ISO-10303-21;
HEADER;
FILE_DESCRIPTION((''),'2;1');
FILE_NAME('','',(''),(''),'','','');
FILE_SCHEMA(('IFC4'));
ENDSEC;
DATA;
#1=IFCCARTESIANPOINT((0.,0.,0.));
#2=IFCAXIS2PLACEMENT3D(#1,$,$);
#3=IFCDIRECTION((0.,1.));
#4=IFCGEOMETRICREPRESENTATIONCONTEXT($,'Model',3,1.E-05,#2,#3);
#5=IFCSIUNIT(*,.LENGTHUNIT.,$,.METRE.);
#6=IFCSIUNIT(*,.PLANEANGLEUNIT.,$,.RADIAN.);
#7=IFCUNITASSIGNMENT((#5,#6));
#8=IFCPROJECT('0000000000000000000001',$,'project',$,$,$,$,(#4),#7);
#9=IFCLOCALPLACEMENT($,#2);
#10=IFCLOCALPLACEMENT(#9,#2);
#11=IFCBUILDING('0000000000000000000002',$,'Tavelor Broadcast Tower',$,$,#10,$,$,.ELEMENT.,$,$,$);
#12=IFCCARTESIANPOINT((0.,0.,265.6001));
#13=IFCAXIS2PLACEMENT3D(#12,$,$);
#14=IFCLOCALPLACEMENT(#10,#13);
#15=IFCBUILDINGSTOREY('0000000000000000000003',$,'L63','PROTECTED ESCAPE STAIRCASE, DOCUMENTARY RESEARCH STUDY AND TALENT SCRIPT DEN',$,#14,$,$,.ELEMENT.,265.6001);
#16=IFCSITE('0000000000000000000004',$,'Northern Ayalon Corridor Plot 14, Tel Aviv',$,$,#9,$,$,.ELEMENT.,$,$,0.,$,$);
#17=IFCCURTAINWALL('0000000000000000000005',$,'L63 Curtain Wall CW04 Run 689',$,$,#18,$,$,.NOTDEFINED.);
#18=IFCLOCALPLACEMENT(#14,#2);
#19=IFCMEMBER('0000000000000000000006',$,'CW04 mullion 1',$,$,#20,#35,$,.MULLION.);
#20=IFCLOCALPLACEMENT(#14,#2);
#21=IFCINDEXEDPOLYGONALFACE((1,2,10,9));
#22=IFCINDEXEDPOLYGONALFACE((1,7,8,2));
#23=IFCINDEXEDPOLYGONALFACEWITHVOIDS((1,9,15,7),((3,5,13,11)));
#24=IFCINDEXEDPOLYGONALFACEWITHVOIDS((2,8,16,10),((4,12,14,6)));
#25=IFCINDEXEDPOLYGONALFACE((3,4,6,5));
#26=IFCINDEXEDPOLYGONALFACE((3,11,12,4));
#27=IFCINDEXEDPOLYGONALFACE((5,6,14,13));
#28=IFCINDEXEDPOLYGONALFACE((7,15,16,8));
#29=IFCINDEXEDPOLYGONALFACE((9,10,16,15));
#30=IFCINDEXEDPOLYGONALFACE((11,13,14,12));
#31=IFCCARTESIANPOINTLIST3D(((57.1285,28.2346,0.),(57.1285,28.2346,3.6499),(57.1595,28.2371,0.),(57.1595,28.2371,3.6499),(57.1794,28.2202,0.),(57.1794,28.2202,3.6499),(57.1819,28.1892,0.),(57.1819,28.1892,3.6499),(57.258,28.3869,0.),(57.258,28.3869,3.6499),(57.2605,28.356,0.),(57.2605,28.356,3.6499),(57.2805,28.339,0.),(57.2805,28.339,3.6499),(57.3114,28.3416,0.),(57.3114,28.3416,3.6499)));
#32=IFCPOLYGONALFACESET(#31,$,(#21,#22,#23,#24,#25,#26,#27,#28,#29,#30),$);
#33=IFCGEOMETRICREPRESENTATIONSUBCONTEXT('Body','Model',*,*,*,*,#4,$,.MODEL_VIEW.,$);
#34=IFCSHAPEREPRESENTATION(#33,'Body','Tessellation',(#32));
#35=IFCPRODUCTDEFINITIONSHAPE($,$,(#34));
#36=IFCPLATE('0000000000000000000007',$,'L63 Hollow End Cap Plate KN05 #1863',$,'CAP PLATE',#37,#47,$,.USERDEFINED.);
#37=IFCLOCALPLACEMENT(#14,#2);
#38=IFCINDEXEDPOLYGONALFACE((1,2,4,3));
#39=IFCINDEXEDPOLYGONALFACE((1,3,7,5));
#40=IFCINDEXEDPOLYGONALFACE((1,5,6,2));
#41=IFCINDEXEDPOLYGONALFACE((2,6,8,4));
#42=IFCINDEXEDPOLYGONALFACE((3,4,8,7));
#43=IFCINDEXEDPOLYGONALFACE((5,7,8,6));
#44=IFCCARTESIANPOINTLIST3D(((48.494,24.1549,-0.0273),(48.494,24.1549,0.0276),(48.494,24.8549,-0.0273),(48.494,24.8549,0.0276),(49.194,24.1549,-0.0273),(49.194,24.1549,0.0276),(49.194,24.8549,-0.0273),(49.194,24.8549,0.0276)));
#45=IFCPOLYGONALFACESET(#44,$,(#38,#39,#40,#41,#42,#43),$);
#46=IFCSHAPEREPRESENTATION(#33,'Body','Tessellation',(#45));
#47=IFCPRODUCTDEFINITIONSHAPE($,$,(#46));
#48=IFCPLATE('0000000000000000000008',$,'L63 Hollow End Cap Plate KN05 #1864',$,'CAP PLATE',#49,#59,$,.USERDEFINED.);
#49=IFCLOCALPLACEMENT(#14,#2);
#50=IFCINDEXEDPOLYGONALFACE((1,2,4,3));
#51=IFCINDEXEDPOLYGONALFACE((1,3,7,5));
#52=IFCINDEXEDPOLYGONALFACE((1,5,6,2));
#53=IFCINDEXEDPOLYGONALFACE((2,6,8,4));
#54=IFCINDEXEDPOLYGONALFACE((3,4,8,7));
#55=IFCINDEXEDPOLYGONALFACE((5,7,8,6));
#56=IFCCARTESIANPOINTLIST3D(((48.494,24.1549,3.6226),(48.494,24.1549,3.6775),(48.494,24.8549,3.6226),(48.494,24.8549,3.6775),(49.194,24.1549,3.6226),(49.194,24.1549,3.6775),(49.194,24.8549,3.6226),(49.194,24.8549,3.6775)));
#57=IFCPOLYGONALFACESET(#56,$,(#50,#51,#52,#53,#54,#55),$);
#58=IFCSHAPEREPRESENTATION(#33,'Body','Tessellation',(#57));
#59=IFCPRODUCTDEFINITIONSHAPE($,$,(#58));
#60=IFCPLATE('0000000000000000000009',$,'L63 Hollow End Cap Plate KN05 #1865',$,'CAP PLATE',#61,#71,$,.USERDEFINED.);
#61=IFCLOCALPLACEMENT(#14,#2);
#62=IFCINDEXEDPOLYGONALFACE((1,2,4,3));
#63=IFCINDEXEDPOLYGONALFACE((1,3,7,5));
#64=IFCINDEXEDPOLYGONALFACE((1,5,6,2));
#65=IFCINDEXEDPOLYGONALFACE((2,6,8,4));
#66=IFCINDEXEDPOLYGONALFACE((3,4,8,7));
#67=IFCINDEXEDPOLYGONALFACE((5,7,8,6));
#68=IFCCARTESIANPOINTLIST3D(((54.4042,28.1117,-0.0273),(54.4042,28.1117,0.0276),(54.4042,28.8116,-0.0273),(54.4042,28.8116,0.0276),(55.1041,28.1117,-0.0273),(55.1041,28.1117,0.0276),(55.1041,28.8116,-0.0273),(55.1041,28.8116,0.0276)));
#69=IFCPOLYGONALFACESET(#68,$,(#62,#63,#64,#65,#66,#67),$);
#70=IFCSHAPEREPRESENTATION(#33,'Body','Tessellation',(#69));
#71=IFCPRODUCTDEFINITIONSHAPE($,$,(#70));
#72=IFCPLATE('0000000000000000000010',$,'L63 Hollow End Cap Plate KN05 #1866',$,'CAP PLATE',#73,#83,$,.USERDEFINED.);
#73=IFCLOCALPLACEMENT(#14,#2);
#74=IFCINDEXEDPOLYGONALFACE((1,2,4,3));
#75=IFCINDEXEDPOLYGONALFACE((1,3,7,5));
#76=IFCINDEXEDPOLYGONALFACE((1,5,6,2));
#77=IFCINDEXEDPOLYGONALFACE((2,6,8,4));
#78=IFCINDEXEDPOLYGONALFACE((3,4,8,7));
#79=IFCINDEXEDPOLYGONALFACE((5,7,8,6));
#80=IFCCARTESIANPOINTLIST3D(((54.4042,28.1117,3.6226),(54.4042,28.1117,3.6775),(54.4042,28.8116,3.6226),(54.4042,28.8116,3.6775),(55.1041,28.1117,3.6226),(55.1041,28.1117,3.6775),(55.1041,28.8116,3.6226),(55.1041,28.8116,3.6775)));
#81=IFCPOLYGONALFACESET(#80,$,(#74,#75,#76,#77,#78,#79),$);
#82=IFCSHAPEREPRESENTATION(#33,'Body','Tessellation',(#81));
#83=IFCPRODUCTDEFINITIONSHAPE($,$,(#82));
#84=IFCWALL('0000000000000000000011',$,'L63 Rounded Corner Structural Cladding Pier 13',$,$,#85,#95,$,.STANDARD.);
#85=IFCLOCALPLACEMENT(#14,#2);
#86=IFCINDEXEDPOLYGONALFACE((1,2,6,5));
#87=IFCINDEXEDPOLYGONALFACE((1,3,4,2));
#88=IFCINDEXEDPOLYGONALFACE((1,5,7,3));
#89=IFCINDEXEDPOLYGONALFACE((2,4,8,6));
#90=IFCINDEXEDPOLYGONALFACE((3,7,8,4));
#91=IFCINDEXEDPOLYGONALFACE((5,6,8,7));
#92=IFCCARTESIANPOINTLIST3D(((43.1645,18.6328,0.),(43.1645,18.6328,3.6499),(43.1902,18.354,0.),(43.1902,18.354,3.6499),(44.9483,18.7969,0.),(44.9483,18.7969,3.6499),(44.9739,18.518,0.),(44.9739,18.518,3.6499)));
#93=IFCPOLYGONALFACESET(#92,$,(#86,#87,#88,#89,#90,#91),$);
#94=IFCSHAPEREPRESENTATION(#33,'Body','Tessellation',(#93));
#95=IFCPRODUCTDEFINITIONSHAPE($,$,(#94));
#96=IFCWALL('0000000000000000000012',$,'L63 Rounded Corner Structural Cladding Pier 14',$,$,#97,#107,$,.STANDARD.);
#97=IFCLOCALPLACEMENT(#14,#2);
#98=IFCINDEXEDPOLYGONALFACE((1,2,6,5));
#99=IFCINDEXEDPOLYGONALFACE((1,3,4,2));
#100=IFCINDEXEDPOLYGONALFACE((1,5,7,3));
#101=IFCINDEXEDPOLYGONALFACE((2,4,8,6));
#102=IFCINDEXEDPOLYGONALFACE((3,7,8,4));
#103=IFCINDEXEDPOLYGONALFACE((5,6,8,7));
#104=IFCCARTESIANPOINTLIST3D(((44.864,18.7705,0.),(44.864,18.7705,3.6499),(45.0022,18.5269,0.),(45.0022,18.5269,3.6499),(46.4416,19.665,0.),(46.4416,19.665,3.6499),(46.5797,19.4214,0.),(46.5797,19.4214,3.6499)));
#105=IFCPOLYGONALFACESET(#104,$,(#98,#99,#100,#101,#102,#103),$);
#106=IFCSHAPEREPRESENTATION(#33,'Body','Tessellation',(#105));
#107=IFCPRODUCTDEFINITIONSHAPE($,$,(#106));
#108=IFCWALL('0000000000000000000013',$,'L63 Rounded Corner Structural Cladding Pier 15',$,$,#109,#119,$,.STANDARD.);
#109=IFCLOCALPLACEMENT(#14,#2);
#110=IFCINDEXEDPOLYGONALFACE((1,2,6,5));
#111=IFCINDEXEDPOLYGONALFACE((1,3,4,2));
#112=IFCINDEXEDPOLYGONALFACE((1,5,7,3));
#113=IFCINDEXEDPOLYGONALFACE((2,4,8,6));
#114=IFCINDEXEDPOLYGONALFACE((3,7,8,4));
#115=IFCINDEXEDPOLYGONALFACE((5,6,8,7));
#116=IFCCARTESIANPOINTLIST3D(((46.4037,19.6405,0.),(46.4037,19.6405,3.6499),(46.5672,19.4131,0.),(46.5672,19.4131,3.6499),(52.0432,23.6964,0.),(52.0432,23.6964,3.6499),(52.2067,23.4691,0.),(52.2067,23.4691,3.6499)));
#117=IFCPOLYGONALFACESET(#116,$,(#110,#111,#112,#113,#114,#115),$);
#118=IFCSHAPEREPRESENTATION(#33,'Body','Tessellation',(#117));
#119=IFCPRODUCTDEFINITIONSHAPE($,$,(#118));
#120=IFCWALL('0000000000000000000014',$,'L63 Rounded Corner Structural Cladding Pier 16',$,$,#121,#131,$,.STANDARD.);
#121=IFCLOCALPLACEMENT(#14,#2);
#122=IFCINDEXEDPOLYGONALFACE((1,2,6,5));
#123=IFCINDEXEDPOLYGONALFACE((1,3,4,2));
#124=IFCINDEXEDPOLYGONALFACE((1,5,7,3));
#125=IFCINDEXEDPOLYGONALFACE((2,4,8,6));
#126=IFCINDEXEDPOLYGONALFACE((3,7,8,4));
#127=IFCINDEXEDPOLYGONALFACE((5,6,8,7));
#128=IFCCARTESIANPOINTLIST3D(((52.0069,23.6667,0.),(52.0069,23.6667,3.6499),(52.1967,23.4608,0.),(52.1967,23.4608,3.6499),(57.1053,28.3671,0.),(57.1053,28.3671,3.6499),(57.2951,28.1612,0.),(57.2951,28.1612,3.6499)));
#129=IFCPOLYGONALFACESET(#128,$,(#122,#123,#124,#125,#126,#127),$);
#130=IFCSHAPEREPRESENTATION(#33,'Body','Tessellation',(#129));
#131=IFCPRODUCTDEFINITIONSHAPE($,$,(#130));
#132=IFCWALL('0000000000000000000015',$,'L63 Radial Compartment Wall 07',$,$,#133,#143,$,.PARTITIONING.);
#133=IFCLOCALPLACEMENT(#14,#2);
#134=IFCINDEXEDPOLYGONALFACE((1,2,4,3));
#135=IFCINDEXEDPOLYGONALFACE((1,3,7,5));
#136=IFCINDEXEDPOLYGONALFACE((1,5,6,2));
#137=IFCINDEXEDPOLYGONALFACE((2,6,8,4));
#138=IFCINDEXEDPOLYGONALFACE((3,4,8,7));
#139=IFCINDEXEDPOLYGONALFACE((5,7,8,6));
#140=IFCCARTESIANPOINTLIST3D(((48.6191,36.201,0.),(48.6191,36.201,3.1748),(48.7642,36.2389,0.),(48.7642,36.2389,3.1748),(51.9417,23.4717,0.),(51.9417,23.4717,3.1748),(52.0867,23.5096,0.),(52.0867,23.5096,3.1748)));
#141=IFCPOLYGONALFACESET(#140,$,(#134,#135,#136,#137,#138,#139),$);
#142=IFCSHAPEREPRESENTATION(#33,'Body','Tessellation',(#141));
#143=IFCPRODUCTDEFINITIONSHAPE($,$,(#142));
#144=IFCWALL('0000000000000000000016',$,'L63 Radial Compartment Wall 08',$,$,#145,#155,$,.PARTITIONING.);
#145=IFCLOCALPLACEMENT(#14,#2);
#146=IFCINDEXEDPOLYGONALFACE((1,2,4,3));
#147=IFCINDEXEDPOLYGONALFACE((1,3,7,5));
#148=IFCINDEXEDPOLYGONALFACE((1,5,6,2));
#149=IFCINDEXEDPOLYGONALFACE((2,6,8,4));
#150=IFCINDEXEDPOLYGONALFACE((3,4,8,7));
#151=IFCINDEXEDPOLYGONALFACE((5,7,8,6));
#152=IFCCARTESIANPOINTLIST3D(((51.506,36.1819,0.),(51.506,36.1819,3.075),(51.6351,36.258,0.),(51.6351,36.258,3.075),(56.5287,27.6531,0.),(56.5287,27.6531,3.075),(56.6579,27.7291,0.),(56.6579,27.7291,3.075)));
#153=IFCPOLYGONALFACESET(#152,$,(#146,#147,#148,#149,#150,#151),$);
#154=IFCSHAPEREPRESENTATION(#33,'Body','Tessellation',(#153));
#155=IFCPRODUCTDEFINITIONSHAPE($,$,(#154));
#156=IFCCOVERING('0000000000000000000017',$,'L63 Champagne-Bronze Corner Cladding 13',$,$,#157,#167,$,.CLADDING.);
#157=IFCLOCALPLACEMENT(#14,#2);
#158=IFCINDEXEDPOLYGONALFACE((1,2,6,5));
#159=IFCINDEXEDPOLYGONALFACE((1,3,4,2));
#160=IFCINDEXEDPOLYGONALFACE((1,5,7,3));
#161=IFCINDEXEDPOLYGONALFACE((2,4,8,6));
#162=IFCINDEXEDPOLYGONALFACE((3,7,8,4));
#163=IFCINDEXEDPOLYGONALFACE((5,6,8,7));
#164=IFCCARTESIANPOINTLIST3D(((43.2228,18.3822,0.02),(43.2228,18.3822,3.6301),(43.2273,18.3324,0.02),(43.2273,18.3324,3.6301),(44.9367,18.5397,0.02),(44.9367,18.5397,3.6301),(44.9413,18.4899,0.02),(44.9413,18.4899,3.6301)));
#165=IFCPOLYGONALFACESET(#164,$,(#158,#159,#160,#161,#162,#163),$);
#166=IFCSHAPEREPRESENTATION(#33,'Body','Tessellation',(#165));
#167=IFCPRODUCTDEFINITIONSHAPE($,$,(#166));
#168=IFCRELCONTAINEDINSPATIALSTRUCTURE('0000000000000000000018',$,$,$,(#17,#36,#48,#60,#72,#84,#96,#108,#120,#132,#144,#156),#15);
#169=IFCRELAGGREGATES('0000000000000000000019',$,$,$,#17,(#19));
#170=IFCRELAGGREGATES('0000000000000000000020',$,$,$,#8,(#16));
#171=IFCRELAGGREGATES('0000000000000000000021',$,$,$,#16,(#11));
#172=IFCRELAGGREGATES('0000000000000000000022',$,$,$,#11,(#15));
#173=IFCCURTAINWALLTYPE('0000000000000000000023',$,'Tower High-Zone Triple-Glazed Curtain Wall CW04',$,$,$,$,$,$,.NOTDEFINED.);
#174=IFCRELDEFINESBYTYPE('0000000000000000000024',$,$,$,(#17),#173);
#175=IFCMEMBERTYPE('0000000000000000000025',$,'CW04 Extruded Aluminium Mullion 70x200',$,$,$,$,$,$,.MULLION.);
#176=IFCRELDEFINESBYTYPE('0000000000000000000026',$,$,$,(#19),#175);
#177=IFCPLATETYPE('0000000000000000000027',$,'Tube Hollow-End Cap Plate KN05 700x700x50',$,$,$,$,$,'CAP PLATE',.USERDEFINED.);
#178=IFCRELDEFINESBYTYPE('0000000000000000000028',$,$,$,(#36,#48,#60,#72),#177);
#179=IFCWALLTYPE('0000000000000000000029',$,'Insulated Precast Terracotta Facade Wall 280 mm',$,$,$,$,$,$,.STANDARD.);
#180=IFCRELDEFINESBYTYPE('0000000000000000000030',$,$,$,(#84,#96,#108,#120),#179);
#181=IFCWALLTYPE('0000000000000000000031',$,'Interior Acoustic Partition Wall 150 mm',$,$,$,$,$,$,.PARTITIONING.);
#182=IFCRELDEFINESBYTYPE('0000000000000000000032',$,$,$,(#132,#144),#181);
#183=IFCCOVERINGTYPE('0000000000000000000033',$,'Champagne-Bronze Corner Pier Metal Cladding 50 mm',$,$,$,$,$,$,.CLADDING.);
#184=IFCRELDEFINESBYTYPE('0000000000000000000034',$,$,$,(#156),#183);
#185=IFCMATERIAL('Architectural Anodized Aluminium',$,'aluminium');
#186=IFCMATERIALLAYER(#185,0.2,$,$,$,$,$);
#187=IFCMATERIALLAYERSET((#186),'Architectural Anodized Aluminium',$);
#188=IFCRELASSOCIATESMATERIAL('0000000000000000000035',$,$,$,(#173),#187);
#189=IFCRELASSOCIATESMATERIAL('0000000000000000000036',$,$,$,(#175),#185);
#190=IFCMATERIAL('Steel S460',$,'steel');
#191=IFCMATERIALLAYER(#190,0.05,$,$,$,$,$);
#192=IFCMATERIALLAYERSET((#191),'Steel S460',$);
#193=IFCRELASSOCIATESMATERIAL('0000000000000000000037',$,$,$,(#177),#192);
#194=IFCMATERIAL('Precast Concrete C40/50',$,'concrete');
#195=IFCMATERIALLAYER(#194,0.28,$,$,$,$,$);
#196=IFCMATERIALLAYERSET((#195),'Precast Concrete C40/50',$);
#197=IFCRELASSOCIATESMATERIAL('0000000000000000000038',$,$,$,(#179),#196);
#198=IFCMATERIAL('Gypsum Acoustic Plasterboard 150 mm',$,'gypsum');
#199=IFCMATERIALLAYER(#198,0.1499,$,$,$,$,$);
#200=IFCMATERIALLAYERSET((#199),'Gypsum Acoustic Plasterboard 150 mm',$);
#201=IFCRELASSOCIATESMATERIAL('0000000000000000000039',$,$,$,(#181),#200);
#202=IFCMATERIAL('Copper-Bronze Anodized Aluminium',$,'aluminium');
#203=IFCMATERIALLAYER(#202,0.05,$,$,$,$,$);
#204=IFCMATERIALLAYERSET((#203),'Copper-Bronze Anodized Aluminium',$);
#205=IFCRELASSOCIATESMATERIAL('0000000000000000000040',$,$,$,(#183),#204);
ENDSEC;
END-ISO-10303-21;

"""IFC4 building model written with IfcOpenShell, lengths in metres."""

from ifc_helpers import new_model, si_unit, direction, frame, frame_2d, origin, origin_2d, place, context, subcontext, project, spatial, rectangle, hollow_rectangle, extrude, source, transform, mapped, material, layer, layer_set, material_profile, profile_set, type_object, type_shapes, element, aggregate, save


model = new_model("IFC4")

# Units and contexts
model_context = context("Model", 3, precision=1e-05, world=origin(), true_north=direction((0.0, 1.0)))
body_context = subcontext(model_context, "Body", "Model", "MODEL_VIEW")
ifc_project = project(units=[si_unit("LENGTHUNIT", "METRE"), si_unit("PLANEANGLEUNIT", "RADIAN")], contexts=[model_context])

# Site, building, storey
site_placement = place(None, origin())
site = spatial("IfcSite", under=ifc_project, at=site_placement, Name="Northern Ayalon Corridor Plot 14, Tel Aviv", CompositionType="ELEMENT", RefElevation=0.0)
building_placement = place(site_placement, origin())
building = spatial("IfcBuilding", under=site, at=building_placement, Name="Tavelor Broadcast Tower", CompositionType="ELEMENT")
storey_placement = place(building_placement, frame((0.0, 0.0, 265.6001)))
storey = spatial("IfcBuildingStorey", under=building, at=storey_placement, Name="L63", Description="PROTECTED ESCAPE STAIRCASE, DOCUMENTARY RESEARCH STUDY AND TALENT SCRIPT DEN", CompositionType="ELEMENT", Elevation=265.6001)

# Shared definitions
ifc_material_1 = material(Name="Steel S460", Category="steel")

# Curtain wall, member
ifc_material_2 = material(Name="Architectural Anodized Aluminium", Category="aluminium")
ifc_layer_1 = layer(ifc_material_2, 0.2)
ifc_layer_set_1 = layer_set([ifc_layer_1], Name="Architectural Anodized Aluminium")
curtain_wall_type = type_object("IfcCurtainWallType", Name="Tower High-Zone Triple-Glazed Curtain Wall CW04", PredefinedType="NOTDEFINED", material=ifc_layer_set_1)
curtain_wall_placement = place(storey_placement, origin())
curtain_wall = element("IfcCurtainWall", 1, at=curtain_wall_placement, inside=storey, type_object=curtain_wall_type, Name="L63 Curtain Wall CW04 Run 689", PredefinedType="NOTDEFINED")
ifc_material_profile_1 = material_profile(ifc_material_2, hollow_rectangle(XDim=0.0701, YDim=0.2, WallThickness=0.022, at=origin_2d()), Name="RHS 70x200x22")
ifc_profile_set_1 = profile_set([ifc_material_profile_1], Name="Architectural Anodized Aluminium")
member_type = type_object("IfcMemberType", Name="CW04 Extruded Aluminium Mullion 70x200", PredefinedType="MULLION", material=ifc_profile_set_1)
shared_shape_1 = source(origin(), body_context, "Body", "SweptSolid", [
    extrude(hollow_rectangle(XDim=0.0701, YDim=0.2, WallThickness=0.022, at=origin_2d()), origin(), (0.0, 0.0, 1.0), 3.6499),
])
type_shapes(member_type, [shared_shape_1])
member_placement = place(storey_placement, frame((57.22, 28.2881, 0.0), z_axis=(0.0, 0.0, 1.0), x_axis=(-0.761822, 0.647786, 0.0)))
member = element("IfcMember", 2, at=member_placement, type_object=member_type, Name="CW04 mullion 1", PredefinedType="MULLION", context=body_context, shape_type="MappedRepresentation", body=[
    mapped(shared_shape_1, transform((0.0, 0.0, 0.0), scale=1.0)),
])
aggregate(curtain_wall, [member])

# Plates
ifc_layer_2 = layer(ifc_material_1, 0.05)
ifc_layer_set_2 = layer_set([ifc_layer_2], Name="Steel S460")
plate_type = type_object("IfcPlateType", Name="Tube Hollow-End Cap Plate KN05 700x700x50", ElementType="CAP PLATE", PredefinedType="USERDEFINED", material=ifc_layer_set_2)
shared_shape_2 = source(origin(), body_context, "Body", "SweptSolid", [
    extrude(rectangle(XDim=0.7, YDim=0.7, at=origin_2d()), origin(), (0.0, 0.0, 1.0), 0.0549),
])
type_shapes(plate_type, [shared_shape_2])
for number, where, z_axis, x_axis, name in (
    (3, (48.844, 24.5049, -0.0273), (0.0, 0.0, 1.0), (1.0, 0.0, 0.0), "L63 Hollow End Cap Plate KN05 #1863"),
    (4, (48.844, 24.5049, 3.6226), (0.0, 0.0, 1.0), (1.0, 0.0, 0.0), "L63 Hollow End Cap Plate KN05 #1864"),
    (5, (54.7542, 28.4617, -0.0273), (0.0, 0.0, 1.0), (1.0, 0.0, 0.0), "L63 Hollow End Cap Plate KN05 #1865"),
    (6, (54.7542, 28.4617, 3.6226), (0.0, 0.0, 1.0), (1.0, 0.0, 0.0), "L63 Hollow End Cap Plate KN05 #1866"),
):
    element("IfcPlate", number, at=place(storey_placement, frame(where, z_axis=z_axis, x_axis=x_axis)), inside=storey, type_object=plate_type, Name=name, ObjectType="CAP PLATE", PredefinedType="USERDEFINED", context=body_context, shape_type="MappedRepresentation", body=[
        mapped(shared_shape_2, transform((0.0, 0.0, 0.0), scale=1.0)),
    ])

# Walls
ifc_material_3 = material(Name="Precast Concrete C40/50", Category="concrete")
ifc_layer_3 = layer(ifc_material_3, 0.28)
ifc_layer_set_3 = layer_set([ifc_layer_3], Name="Precast Concrete C40/50")
wall_type_1 = type_object("IfcWallType", Name="Insulated Precast Terracotta Facade Wall 280 mm", PredefinedType="STANDARD", material=ifc_layer_set_3)
wall_1_placement = place(storey_placement, frame((43.1775, 18.4934, 0.0), z_axis=(0.0, 0.0, 1.0), x_axis=(0.995797, 0.091593, 0.0)))
element("IfcWall", 7, at=wall_1_placement, inside=storey, type_object=wall_type_1, Name="L63 Rounded Corner Structural Cladding Pier 13", PredefinedType="STANDARD", context=body_context, shape_type="SweptSolid", body=[
    extrude(rectangle(XDim=1.7913, YDim=0.28, at=frame_2d((0.8955, 0.0))), origin(), (0.0, 0.0, 1.0), 3.6499),
])
wall_2_placement = place(storey_placement, frame((44.9331, 18.6487, 0.0), z_axis=(0.0, 0.0, 1.0), x_axis=(0.869895, 0.493237, 0.0)))
element("IfcWall", 8, at=wall_2_placement, inside=storey, type_object=wall_type_1, Name="L63 Rounded Corner Structural Cladding Pier 14", PredefinedType="STANDARD", context=body_context, shape_type="SweptSolid", body=[
    extrude(rectangle(XDim=1.8135, YDim=0.28, at=frame_2d((0.9067, 0.0))), origin(), (0.0, 0.0, 1.0), 3.6499),
])
wall_3_placement = place(storey_placement, frame((46.4856, 19.5269, 0.0), z_axis=(0.0, 0.0, 1.0), x_axis=(0.811839, 0.583882, 0.0)))
element("IfcWall", 9, at=wall_3_placement, inside=storey, type_object=wall_type_1, Name="L63 Rounded Corner Structural Cladding Pier 15", PredefinedType="STANDARD", context=body_context, shape_type="SweptSolid", body=[
    extrude(rectangle(XDim=6.9465, YDim=0.28, at=frame_2d((3.4731, 0.0))), origin(), (0.0, 0.0, 1.0), 3.6499),
])
wall_4_placement = place(storey_placement, frame((52.1018, 23.5637, 0.0), z_axis=(0.0, 0.0, 1.0), x_axis=(0.735218, 0.677831, 0.0)))
element("IfcWall", 10, at=wall_4_placement, inside=storey, type_object=wall_type_1, Name="L63 Rounded Corner Structural Cladding Pier 16", PredefinedType="STANDARD", context=body_context, shape_type="SweptSolid", body=[
    extrude(rectangle(XDim=6.9346, YDim=0.28, at=frame_2d((3.4673, 0.0))), origin(), (0.0, 0.0, 1.0), 3.6499),
])
ifc_material_4 = material(Name="Gypsum Acoustic Plasterboard 150 mm", Category="gypsum")
ifc_layer_4 = layer(ifc_material_4, 0.1499)
ifc_layer_set_4 = layer_set([ifc_layer_4], Name="Gypsum Acoustic Plasterboard 150 mm")
wall_type_2 = type_object("IfcWallType", Name="Interior Acoustic Partition Wall 150 mm", PredefinedType="PARTITIONING", material=ifc_layer_set_4)
wall_5_placement = place(storey_placement, frame((48.6917, 36.22, 0.0), z_axis=(0.0, 0.0, 1.0), x_axis=(0.252553, -0.967583, 0.0)))
element("IfcWall", 11, at=wall_5_placement, inside=storey, type_object=wall_type_2, Name="L63 Radial Compartment Wall 07", PredefinedType="PARTITIONING", context=body_context, shape_type="SweptSolid", body=[
    extrude(rectangle(XDim=13.1558, YDim=0.1499, at=frame_2d((6.5779, 0.0))), origin(), (0.0, 0.0, 1.0), 3.1748),
])
wall_6_placement = place(storey_placement, frame((51.5706, 36.22, 0.0), z_axis=(0.0, 0.0, 1.0), x_axis=(0.507452, -0.86168, 0.0)))
element("IfcWall", 12, at=wall_6_placement, inside=storey, type_object=wall_type_2, Name="L63 Radial Compartment Wall 08", PredefinedType="PARTITIONING", context=body_context, shape_type="SweptSolid", body=[
    extrude(rectangle(XDim=9.8979, YDim=0.1499, at=frame_2d((4.949, 0.0))), origin(), (0.0, 0.0, 1.0), 3.075),
])

# Covering
ifc_material_5 = material(Name="Copper-Bronze Anodized Aluminium", Category="aluminium")
ifc_layer_5 = layer(ifc_material_5, 0.05)
ifc_layer_set_5 = layer_set([ifc_layer_5], Name="Copper-Bronze Anodized Aluminium")
covering_type = type_object("IfcCoveringType", Name="Champagne-Bronze Corner Pier Metal Cladding 50 mm", PredefinedType="CLADDING", material=ifc_layer_set_5)
covering_placement = place(storey_placement, frame((44.082, 18.436, 0.02), z_axis=(0.0, 0.0, 1.0), x_axis=(0.995805, 0.091502, 0.0)))
element("IfcCovering", 13, at=covering_placement, inside=storey, type_object=covering_type, Name="L63 Champagne-Bronze Corner Cladding 13", PredefinedType="CLADDING", context=body_context, shape_type="SweptSolid", body=[
    extrude(rectangle(XDim=1.7212, YDim=0.05, at=origin_2d()), origin(), (0.0, 0.0, 1.0), 3.6101),
])

save(model, "model.ifc")
